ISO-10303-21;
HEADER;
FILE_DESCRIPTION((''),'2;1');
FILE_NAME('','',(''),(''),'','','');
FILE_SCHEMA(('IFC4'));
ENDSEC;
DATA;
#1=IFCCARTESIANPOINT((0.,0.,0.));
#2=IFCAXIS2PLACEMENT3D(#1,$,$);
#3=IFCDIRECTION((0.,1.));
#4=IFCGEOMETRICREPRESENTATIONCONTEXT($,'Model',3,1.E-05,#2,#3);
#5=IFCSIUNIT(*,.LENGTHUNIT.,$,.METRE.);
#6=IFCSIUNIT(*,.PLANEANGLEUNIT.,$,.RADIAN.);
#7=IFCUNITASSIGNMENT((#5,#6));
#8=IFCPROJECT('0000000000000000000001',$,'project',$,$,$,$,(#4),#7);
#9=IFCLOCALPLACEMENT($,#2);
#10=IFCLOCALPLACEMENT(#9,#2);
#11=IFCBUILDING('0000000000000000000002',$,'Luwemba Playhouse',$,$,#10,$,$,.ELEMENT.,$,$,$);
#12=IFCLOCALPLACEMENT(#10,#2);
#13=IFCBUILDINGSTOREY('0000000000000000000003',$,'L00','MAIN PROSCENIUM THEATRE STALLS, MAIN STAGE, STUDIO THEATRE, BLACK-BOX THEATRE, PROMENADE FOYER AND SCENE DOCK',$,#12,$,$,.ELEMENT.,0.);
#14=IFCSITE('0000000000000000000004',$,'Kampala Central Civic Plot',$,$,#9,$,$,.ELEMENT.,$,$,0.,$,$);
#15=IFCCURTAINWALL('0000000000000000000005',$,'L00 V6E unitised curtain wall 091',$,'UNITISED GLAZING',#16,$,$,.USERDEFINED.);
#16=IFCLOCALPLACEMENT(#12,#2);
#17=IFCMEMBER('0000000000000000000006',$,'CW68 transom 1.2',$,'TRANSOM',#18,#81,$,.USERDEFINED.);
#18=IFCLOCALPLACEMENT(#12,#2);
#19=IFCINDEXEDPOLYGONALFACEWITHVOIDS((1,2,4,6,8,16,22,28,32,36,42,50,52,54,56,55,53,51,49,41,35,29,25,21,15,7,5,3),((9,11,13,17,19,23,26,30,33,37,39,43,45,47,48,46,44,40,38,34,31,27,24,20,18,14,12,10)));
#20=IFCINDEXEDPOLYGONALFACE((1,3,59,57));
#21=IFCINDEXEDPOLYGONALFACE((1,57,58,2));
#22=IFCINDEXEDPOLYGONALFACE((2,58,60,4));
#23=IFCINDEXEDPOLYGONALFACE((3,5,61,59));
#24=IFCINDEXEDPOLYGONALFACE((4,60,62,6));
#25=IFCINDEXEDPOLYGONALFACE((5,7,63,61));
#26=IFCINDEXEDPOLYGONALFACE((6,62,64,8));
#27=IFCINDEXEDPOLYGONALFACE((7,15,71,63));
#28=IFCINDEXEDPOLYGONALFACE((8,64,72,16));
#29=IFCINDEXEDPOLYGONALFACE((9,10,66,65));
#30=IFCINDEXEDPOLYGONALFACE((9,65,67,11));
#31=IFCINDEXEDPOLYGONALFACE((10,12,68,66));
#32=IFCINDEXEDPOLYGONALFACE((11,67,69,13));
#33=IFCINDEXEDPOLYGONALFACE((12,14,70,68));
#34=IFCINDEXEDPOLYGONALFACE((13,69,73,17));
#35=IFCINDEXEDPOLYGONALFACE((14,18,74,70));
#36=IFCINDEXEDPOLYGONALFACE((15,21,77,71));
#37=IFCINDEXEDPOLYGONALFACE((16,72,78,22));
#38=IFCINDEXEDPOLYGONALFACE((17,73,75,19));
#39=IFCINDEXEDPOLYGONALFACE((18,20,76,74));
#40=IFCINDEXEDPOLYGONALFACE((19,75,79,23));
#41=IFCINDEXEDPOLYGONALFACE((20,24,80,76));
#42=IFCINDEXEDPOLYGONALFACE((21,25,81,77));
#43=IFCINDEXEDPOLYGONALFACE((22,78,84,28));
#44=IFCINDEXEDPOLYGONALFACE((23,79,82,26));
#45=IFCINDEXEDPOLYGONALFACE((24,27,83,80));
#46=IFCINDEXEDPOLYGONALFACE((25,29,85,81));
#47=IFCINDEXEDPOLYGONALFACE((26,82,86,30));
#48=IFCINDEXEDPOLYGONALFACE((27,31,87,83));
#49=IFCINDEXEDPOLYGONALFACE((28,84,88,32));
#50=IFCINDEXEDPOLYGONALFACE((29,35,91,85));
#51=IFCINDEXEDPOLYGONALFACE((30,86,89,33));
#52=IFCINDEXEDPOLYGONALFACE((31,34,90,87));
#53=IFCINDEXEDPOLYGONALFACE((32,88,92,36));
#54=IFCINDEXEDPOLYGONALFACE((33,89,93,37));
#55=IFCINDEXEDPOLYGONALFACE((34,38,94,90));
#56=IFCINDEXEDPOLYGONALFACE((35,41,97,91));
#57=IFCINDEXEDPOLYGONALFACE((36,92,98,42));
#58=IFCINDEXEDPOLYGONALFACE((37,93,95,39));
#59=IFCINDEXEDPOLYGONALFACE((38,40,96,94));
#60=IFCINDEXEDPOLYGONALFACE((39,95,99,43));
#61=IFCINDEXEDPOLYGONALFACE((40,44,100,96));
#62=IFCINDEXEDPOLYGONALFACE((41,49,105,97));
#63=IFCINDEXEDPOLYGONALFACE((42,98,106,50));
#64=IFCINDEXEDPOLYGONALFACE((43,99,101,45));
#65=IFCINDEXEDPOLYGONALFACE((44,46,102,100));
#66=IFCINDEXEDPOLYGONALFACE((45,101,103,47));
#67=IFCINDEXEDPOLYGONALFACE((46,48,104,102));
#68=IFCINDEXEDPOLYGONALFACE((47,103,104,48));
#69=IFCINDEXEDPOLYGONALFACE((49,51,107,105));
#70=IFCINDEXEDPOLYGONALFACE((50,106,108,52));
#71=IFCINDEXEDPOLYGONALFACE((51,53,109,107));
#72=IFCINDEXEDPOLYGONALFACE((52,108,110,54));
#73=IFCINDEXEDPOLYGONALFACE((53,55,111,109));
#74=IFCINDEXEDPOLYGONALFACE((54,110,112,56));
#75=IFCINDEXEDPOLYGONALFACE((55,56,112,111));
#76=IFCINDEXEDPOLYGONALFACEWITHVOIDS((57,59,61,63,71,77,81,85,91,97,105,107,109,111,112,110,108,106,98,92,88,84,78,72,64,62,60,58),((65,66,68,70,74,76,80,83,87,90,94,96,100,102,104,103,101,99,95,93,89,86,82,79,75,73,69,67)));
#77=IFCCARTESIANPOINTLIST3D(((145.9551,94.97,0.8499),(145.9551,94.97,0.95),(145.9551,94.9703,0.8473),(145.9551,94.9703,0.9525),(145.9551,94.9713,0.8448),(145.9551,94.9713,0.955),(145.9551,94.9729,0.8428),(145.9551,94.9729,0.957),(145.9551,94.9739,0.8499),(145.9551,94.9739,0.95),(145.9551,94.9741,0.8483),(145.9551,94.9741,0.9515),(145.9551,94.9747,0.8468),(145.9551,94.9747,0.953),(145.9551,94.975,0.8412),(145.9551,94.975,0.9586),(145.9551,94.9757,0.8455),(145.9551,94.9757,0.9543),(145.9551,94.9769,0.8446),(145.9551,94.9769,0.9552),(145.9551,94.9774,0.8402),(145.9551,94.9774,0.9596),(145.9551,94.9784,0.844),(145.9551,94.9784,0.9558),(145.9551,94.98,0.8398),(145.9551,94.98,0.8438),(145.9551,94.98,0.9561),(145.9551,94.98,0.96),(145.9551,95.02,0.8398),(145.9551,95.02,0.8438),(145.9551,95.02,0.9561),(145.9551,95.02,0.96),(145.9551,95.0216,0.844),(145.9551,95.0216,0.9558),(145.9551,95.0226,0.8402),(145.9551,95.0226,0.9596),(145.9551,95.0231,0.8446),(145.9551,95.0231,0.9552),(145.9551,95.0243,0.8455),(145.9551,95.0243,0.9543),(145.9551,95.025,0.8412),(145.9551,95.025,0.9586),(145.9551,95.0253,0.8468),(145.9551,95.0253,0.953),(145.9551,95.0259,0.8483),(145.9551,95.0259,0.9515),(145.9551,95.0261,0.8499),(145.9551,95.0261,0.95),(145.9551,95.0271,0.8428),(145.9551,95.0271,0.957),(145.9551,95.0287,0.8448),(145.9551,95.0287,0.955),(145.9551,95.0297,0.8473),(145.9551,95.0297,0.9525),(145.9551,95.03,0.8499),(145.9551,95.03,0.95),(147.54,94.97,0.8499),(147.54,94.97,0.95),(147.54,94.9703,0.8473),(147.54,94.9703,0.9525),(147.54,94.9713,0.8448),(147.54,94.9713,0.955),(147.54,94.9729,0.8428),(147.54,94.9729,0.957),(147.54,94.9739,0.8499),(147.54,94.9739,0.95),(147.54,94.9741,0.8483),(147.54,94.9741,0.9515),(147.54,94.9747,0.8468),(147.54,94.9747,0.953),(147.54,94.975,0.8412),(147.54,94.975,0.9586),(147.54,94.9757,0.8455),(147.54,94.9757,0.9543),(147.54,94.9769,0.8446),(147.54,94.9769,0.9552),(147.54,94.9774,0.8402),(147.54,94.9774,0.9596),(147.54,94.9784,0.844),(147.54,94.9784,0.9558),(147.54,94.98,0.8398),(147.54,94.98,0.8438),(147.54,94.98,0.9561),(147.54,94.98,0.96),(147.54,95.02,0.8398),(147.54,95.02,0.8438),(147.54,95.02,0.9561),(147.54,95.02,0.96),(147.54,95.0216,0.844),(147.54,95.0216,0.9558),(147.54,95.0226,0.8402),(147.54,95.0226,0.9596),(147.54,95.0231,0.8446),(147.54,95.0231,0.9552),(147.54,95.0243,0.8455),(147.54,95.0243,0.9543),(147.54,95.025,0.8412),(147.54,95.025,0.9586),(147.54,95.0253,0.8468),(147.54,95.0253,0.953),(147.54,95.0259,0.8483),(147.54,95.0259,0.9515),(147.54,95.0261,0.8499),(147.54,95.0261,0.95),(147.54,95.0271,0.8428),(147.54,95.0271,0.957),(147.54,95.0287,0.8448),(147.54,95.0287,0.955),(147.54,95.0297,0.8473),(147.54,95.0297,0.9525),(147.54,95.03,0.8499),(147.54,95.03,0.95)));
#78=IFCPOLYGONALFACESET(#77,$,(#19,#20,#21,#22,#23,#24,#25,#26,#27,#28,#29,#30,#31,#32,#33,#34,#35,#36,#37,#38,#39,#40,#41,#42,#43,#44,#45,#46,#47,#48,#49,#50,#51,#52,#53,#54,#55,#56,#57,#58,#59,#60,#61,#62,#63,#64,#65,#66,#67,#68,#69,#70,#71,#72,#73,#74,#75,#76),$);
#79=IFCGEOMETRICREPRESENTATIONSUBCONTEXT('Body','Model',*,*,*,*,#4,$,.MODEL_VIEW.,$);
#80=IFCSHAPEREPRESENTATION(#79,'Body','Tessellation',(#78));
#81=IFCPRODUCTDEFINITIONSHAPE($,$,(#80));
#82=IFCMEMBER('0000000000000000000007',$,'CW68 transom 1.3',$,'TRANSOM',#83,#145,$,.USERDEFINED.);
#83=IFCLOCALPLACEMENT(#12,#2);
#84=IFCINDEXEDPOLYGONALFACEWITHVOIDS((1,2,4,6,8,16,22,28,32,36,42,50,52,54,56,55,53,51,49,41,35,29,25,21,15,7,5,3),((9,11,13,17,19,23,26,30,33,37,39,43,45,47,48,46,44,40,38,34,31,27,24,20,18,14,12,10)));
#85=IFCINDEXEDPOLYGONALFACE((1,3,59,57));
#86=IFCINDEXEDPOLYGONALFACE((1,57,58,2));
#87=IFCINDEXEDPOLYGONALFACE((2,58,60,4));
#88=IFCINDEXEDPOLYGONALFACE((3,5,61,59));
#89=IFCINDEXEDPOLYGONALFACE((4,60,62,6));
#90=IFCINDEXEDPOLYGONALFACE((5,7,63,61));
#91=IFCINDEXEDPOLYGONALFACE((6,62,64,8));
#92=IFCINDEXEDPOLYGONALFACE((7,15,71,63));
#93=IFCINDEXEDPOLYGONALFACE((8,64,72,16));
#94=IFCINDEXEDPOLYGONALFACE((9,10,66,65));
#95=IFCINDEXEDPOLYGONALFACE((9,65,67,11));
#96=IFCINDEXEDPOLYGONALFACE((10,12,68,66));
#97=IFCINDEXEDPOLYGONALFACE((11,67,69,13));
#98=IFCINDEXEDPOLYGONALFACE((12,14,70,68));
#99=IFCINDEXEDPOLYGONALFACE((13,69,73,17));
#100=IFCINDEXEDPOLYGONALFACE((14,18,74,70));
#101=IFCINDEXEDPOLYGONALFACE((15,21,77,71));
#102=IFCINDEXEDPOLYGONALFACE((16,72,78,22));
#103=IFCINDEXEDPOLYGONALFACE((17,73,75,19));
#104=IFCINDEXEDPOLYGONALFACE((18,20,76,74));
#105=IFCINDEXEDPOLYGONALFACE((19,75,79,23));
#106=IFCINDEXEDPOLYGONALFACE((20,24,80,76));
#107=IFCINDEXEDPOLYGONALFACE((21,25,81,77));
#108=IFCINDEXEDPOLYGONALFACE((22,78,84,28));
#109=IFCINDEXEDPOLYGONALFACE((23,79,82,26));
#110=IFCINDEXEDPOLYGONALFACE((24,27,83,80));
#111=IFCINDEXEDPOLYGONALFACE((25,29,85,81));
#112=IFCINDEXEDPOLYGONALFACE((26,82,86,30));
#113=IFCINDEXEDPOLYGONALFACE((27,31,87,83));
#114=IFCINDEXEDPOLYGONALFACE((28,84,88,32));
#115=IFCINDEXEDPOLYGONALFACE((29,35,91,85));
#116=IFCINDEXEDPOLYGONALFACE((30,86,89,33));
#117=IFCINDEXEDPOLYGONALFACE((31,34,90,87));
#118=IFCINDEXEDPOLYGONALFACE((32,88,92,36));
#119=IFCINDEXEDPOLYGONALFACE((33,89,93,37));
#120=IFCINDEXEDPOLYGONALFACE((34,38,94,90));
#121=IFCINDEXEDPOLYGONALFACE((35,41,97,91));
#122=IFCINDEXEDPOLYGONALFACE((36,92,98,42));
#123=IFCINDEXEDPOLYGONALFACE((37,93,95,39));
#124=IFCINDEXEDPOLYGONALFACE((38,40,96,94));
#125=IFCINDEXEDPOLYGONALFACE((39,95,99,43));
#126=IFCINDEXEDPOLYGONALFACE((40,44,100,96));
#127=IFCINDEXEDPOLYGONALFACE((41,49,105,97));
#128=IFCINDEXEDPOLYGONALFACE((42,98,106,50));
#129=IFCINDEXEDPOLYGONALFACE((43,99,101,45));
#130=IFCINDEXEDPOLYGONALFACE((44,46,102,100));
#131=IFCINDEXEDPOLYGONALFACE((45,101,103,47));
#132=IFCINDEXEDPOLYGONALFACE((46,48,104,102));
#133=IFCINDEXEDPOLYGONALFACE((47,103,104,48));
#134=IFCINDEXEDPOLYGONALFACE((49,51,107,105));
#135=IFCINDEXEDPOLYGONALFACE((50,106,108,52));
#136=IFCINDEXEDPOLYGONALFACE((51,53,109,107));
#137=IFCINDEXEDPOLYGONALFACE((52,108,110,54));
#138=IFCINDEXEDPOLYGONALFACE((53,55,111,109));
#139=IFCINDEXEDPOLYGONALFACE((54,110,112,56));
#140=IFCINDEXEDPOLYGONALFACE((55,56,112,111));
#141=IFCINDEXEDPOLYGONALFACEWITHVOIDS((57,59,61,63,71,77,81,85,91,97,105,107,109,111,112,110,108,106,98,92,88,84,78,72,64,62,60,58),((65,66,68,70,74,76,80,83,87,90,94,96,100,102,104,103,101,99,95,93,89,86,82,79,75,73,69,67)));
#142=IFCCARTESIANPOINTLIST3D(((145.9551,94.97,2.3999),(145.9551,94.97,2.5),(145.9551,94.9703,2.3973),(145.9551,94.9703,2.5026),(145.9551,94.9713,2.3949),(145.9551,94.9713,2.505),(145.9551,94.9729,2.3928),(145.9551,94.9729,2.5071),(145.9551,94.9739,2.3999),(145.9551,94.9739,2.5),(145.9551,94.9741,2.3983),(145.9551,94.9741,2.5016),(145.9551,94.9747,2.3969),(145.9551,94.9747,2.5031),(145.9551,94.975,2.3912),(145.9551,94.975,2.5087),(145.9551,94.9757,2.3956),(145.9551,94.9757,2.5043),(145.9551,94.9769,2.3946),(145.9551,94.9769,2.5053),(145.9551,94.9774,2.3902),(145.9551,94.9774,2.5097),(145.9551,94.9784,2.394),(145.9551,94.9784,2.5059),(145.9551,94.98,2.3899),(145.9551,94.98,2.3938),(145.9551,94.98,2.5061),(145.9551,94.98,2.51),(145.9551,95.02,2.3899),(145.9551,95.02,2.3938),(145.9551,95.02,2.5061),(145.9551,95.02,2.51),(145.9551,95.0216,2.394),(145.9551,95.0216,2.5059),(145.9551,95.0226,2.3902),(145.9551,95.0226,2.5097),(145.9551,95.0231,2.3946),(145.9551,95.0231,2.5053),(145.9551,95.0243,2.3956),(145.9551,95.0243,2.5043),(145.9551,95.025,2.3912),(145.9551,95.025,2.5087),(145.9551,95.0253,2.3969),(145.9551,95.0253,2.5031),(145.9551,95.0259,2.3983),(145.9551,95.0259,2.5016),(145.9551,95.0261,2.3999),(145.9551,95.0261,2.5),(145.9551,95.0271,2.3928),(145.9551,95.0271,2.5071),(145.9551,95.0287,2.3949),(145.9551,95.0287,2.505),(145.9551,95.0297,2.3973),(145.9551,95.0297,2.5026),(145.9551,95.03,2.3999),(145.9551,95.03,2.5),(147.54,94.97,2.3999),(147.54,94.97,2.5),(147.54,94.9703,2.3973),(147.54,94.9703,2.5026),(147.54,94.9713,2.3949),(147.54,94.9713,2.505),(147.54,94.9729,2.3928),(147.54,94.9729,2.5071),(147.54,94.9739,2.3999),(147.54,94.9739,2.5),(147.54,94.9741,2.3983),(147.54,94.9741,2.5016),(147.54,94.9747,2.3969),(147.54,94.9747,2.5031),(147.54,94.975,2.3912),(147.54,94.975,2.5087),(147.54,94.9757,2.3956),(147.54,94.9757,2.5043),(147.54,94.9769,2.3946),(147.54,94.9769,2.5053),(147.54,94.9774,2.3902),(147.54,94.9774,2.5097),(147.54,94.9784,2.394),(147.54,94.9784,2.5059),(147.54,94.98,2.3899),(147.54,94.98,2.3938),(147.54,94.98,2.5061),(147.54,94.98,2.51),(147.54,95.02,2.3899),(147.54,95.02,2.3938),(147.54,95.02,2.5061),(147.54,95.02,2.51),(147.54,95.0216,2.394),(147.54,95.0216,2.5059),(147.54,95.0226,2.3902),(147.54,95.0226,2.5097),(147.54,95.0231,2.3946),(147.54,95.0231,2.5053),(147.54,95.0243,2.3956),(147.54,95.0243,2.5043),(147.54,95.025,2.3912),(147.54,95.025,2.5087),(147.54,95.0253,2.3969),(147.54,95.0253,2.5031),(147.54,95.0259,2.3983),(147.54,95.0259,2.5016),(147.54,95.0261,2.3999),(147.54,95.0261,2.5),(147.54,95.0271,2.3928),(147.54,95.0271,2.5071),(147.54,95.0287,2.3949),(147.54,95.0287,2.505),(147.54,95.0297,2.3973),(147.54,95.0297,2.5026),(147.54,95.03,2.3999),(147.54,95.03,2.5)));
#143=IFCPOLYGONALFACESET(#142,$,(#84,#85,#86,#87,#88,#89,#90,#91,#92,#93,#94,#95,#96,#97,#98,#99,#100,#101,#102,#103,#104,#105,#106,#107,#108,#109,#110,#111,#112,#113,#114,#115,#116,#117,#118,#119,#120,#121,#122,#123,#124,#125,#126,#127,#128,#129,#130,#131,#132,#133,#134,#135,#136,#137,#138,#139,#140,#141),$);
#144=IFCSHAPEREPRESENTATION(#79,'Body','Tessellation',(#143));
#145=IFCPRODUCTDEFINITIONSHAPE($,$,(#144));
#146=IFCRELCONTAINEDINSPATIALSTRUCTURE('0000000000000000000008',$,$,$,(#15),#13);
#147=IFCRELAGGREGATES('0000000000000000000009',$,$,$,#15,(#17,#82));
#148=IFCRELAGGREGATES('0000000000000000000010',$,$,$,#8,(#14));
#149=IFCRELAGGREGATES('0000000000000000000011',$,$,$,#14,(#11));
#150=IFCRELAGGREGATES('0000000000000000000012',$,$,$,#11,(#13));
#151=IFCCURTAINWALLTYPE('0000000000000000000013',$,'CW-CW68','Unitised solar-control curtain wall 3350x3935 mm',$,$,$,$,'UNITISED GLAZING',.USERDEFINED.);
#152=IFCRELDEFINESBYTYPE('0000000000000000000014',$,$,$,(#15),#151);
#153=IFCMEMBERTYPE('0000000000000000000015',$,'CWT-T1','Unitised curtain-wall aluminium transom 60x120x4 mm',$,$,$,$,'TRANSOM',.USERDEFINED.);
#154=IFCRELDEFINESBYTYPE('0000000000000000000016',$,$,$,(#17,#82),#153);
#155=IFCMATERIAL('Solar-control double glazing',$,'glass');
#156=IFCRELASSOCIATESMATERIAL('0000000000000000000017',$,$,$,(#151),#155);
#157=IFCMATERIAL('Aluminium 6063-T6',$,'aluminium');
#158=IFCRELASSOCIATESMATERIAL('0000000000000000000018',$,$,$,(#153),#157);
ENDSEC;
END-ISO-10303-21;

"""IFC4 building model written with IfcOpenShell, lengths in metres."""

from ifc_helpers import new_model, si_unit, direction, frame, origin, origin_2d, place, context, subcontext, project, spatial, hollow_rectangle, extrude, material, material_profile, profile_set, type_object, element, aggregate, save


model = new_model("IFC4")

# Units and contexts
model_context = context("Model", 3, precision=1e-05, world=origin(), true_north=direction((0.0, 1.0)))
body_context = subcontext(model_context, "Body", "Model", "MODEL_VIEW")
ifc_project = project(units=[si_unit("LENGTHUNIT", "METRE"), si_unit("PLANEANGLEUNIT", "RADIAN")], contexts=[model_context])

# Site, building, storey
site_placement = place(None, origin())
site = spatial("IfcSite", under=ifc_project, at=site_placement, Name="Kampala Central Civic Plot", CompositionType="ELEMENT", RefElevation=0.0)
building_placement = place(site_placement, origin())
building = spatial("IfcBuilding", under=site, at=building_placement, Name="Luwemba Playhouse", CompositionType="ELEMENT")
storey_placement = place(building_placement, origin())
storey = spatial("IfcBuildingStorey", under=building, at=storey_placement, Name="L00", Description="MAIN PROSCENIUM THEATRE STALLS, MAIN STAGE, STUDIO THEATRE, BLACK-BOX THEATRE, PROMENADE FOYER AND SCENE DOCK", CompositionType="ELEMENT", Elevation=0.0)

# Curtain wall
ifc_material_1 = material(Name="Solar-control double glazing", Category="glass")
curtain_wall_type_1 = type_object("IfcCurtainWallType", Name="CW-CW68", Description="Unitised solar-control curtain wall 3350x3935 mm", ElementType="UNITISED GLAZING", PredefinedType="USERDEFINED", material=ifc_material_1)
curtain_wall_1_placement = place(storey_placement, origin())
curtain_wall_1 = element("IfcCurtainWall", 1, at=curtain_wall_1_placement, inside=storey, type_object=curtain_wall_type_1, Name="L00 V6E unitised curtain wall 091", ObjectType="UNITISED GLAZING", PredefinedType="USERDEFINED")
ifc_material_2 = material(Name="Aluminium 6063-T6", Category="aluminium")

# Members
ifc_material_profile_1 = material_profile(ifc_material_2, hollow_rectangle(XDim=0.0601, YDim=0.1201, WallThickness=0.0039, InnerFilletRadius=0.0061, OuterFilletRadius=0.01, at=origin_2d()))
ifc_profile_set_1 = profile_set([ifc_material_profile_1], Name="Aluminium 6063-T6")
member_type_1 = type_object("IfcMemberType", Name="CWT-T1", Description="Unitised curtain-wall aluminium transom 60x120x4 mm", ElementType="TRANSOM", PredefinedType="USERDEFINED", material=ifc_profile_set_1)
member_1_placement = place(storey_placement, frame((147.54, 95.0, 0.8999), z_axis=(-1.0, 0.0, 0.0), x_axis=(0.0, -1.0, 0.0)))
member_1 = element("IfcMember", 2, at=member_1_placement, type_object=member_type_1, Name="CW68 transom 1.2", ObjectType="TRANSOM", PredefinedType="USERDEFINED", context=body_context, shape_type="SweptSolid", body=[
    extrude(hollow_rectangle(XDim=0.0601, YDim=0.1201, WallThickness=0.0039, InnerFilletRadius=0.0061, OuterFilletRadius=0.01, at=origin_2d()), origin(), (0.0, 0.0, 1.0), 1.585),
])
member_2_placement = place(storey_placement, frame((147.54, 95.0, 2.45), z_axis=(-1.0, 0.0, 0.0), x_axis=(0.0, -1.0, 0.0)))
member_2 = element("IfcMember", 3, at=member_2_placement, type_object=member_type_1, Name="CW68 transom 1.3", ObjectType="TRANSOM", PredefinedType="USERDEFINED", context=body_context, shape_type="SweptSolid", body=[
    extrude(hollow_rectangle(XDim=0.0601, YDim=0.1201, WallThickness=0.0039, InnerFilletRadius=0.0061, OuterFilletRadius=0.01, at=origin_2d()), origin(), (0.0, 0.0, 1.0), 1.585),
])

aggregate(curtain_wall_1, [member_1, member_2])

save(model, "model.ifc")
